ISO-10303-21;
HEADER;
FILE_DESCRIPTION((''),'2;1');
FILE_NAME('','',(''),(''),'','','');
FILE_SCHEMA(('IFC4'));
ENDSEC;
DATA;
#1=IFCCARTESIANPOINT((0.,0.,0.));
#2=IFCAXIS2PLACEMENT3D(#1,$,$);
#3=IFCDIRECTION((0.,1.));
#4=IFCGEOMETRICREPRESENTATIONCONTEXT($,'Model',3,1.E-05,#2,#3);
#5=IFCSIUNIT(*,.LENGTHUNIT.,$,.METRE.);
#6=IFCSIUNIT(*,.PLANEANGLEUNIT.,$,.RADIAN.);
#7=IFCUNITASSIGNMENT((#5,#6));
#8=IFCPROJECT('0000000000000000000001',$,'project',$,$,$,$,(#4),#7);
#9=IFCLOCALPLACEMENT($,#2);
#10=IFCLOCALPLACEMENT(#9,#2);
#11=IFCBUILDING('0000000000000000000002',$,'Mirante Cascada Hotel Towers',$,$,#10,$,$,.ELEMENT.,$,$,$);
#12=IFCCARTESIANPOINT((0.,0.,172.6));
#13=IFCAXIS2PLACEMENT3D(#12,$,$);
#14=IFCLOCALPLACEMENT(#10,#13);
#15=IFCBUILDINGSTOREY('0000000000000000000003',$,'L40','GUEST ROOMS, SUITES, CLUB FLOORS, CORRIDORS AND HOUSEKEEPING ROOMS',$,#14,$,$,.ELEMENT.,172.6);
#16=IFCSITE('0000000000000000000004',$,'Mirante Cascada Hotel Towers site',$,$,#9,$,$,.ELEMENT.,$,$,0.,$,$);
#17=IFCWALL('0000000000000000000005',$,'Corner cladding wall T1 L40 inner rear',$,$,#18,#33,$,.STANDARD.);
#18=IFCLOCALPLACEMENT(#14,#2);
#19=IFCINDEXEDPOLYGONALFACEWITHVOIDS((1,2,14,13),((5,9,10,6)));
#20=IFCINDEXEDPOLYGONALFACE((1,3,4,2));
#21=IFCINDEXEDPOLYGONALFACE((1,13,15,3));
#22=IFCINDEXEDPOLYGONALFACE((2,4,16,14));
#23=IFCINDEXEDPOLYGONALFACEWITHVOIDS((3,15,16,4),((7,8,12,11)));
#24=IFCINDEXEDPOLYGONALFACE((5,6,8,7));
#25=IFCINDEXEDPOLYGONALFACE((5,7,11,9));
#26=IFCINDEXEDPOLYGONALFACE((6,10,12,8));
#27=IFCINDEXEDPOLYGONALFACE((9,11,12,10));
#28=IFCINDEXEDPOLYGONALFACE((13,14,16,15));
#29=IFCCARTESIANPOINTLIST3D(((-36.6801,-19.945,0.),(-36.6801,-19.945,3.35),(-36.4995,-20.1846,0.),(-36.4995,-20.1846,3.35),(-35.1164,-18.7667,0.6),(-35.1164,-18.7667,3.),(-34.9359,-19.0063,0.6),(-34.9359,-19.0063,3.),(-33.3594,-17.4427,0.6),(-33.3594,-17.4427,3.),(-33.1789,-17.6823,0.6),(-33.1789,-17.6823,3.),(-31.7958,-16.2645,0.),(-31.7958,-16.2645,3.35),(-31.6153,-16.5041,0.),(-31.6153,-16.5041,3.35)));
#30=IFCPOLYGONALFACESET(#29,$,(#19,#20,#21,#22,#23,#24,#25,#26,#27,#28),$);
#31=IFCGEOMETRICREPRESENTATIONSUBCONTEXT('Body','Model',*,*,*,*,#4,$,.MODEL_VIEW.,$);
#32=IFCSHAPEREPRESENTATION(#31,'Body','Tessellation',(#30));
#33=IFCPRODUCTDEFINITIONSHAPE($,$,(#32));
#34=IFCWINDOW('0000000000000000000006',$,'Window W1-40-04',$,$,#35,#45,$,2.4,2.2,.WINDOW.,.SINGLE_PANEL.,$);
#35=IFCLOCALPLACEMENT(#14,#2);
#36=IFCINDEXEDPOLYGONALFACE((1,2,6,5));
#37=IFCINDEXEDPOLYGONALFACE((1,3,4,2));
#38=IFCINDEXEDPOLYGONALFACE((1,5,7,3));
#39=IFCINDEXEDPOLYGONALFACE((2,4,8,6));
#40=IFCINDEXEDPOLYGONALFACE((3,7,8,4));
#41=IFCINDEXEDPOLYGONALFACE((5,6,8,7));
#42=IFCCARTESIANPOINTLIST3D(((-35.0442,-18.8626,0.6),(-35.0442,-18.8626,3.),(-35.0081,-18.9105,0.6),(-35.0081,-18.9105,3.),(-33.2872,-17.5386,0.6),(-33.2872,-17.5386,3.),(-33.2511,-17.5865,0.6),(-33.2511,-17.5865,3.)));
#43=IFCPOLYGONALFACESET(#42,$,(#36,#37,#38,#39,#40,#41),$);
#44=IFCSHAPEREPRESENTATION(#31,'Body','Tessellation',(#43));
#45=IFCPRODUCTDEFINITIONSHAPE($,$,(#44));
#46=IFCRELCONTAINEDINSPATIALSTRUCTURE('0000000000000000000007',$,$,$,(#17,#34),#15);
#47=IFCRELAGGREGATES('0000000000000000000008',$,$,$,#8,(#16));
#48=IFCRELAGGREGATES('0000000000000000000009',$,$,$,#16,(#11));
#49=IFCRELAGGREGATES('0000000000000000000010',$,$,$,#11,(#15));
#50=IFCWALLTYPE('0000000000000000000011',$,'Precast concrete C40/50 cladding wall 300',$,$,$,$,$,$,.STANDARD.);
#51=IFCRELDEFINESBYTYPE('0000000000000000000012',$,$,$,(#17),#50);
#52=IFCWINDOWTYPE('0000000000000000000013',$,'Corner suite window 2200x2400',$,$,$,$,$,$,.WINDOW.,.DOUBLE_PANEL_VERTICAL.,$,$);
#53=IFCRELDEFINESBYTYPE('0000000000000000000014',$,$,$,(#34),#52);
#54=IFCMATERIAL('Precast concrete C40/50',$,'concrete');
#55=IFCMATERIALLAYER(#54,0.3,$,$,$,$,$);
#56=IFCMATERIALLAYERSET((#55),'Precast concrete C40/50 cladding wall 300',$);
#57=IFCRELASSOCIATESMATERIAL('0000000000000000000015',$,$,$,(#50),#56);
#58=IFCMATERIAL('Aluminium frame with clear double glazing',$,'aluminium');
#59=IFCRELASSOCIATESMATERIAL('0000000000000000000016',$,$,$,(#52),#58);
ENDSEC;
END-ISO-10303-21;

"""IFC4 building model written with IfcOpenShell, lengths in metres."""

from ifc_helpers import new_model, si_unit, direction, frame, frame_2d, origin, place, context, subcontext, project, spatial, rectangle, extrude, material, layer, layer_set, type_object, element, fill, save


model = new_model("IFC4")

# Units and contexts
model_context = context("Model", 3, precision=1e-05, world=origin(), true_north=direction((0.0, 1.0)))
body_context = subcontext(model_context, "Body", "Model", "MODEL_VIEW")
ifc_project = project(units=[si_unit("LENGTHUNIT", "METRE"), si_unit("PLANEANGLEUNIT", "RADIAN")], contexts=[model_context])

# Site, building, storey
site_placement = place(None, origin())
site = spatial("IfcSite", under=ifc_project, at=site_placement, Name="Mirante Cascada Hotel Towers site", CompositionType="ELEMENT", RefElevation=0.0)
building_placement = place(site_placement, origin())
building = spatial("IfcBuilding", under=site, at=building_placement, Name="Mirante Cascada Hotel Towers", CompositionType="ELEMENT")
storey_placement = place(building_placement, frame((0.0, 0.0, 172.6)))
storey = spatial("IfcBuildingStorey", under=building, at=storey_placement, Name="L40", Description="GUEST ROOMS, SUITES, CLUB FLOORS, CORRIDORS AND HOUSEKEEPING ROOMS", CompositionType="ELEMENT", Elevation=172.6)

# Wall, opening, window
ifc_material_1 = material(Name="Precast concrete C40/50", Category="concrete")
ifc_layer_1 = layer(ifc_material_1, 0.3)
ifc_layer_set_1 = layer_set([ifc_layer_1], Name="Precast concrete C40/50 cladding wall 300")
wall_type_1 = type_object("IfcWallType", Name="Precast concrete C40/50 cladding wall 300", PredefinedType="STANDARD", material=ifc_layer_set_1)
wall_1_placement = place(storey_placement, frame((-31.7056, -16.3843, 0.0), z_axis=(0.0, 0.0, 1.0), x_axis=(-0.798636, -0.601814, 0.0)))
wall_1 = element("IfcWall", 1, at=wall_1_placement, inside=storey, type_object=wall_type_1, Name="Corner cladding wall T1 L40 inner rear", PredefinedType="STANDARD", context=body_context, shape_type="SweptSolid", body=[
    extrude(rectangle(XDim=6.1157, YDim=0.3, at=frame_2d((3.0578, 0.0))), origin(), (0.0, 0.0, 1.0), 3.35),
])
opening_1_placement = place(wall_1_placement, frame((1.9578, 0.0, 0.6)))
opening_1 = element("IfcOpeningElement", 2, at=opening_1_placement, cuts=wall_1, PredefinedType="OPENING", context=body_context, shape_type="SweptSolid", body=[
    extrude(rectangle(XDim=2.2, YDim=2.4, at=frame_2d((1.1, 1.2))), frame((0.0, 0.15, 0.0), z_axis=(0.0, -1.0, 0.0), x_axis=(1.0, 0.0, 0.0)), (0.0, 0.0, 1.0), 0.3),
])
ifc_material_2 = material(Name="Aluminium frame with clear double glazing", Category="aluminium")
window_type = type_object("IfcWindowType", Name="Corner suite window 2200x2400", PartitioningType="DOUBLE_PANEL_VERTICAL", PredefinedType="WINDOW", material=ifc_material_2)
window_placement = place(opening_1_placement, origin())
window = element("IfcWindow", 3, at=window_placement, inside=storey, type_object=window_type, Name="Window W1-40-04", OverallHeight=2.4, OverallWidth=2.2, PartitioningType="SINGLE_PANEL", PredefinedType="WINDOW", context=body_context, shape_type="SweptSolid", body=[
    extrude(rectangle(XDim=2.2, YDim=2.4, at=frame_2d((1.1, 1.2))), frame((0.0, 0.03, 0.0), z_axis=(0.0, -1.0, 0.0), x_axis=(1.0, 0.0, 0.0)), (0.0, 0.0, 1.0), 0.06),
])
fill(opening_1, window)

save(model, "model.ifc")
